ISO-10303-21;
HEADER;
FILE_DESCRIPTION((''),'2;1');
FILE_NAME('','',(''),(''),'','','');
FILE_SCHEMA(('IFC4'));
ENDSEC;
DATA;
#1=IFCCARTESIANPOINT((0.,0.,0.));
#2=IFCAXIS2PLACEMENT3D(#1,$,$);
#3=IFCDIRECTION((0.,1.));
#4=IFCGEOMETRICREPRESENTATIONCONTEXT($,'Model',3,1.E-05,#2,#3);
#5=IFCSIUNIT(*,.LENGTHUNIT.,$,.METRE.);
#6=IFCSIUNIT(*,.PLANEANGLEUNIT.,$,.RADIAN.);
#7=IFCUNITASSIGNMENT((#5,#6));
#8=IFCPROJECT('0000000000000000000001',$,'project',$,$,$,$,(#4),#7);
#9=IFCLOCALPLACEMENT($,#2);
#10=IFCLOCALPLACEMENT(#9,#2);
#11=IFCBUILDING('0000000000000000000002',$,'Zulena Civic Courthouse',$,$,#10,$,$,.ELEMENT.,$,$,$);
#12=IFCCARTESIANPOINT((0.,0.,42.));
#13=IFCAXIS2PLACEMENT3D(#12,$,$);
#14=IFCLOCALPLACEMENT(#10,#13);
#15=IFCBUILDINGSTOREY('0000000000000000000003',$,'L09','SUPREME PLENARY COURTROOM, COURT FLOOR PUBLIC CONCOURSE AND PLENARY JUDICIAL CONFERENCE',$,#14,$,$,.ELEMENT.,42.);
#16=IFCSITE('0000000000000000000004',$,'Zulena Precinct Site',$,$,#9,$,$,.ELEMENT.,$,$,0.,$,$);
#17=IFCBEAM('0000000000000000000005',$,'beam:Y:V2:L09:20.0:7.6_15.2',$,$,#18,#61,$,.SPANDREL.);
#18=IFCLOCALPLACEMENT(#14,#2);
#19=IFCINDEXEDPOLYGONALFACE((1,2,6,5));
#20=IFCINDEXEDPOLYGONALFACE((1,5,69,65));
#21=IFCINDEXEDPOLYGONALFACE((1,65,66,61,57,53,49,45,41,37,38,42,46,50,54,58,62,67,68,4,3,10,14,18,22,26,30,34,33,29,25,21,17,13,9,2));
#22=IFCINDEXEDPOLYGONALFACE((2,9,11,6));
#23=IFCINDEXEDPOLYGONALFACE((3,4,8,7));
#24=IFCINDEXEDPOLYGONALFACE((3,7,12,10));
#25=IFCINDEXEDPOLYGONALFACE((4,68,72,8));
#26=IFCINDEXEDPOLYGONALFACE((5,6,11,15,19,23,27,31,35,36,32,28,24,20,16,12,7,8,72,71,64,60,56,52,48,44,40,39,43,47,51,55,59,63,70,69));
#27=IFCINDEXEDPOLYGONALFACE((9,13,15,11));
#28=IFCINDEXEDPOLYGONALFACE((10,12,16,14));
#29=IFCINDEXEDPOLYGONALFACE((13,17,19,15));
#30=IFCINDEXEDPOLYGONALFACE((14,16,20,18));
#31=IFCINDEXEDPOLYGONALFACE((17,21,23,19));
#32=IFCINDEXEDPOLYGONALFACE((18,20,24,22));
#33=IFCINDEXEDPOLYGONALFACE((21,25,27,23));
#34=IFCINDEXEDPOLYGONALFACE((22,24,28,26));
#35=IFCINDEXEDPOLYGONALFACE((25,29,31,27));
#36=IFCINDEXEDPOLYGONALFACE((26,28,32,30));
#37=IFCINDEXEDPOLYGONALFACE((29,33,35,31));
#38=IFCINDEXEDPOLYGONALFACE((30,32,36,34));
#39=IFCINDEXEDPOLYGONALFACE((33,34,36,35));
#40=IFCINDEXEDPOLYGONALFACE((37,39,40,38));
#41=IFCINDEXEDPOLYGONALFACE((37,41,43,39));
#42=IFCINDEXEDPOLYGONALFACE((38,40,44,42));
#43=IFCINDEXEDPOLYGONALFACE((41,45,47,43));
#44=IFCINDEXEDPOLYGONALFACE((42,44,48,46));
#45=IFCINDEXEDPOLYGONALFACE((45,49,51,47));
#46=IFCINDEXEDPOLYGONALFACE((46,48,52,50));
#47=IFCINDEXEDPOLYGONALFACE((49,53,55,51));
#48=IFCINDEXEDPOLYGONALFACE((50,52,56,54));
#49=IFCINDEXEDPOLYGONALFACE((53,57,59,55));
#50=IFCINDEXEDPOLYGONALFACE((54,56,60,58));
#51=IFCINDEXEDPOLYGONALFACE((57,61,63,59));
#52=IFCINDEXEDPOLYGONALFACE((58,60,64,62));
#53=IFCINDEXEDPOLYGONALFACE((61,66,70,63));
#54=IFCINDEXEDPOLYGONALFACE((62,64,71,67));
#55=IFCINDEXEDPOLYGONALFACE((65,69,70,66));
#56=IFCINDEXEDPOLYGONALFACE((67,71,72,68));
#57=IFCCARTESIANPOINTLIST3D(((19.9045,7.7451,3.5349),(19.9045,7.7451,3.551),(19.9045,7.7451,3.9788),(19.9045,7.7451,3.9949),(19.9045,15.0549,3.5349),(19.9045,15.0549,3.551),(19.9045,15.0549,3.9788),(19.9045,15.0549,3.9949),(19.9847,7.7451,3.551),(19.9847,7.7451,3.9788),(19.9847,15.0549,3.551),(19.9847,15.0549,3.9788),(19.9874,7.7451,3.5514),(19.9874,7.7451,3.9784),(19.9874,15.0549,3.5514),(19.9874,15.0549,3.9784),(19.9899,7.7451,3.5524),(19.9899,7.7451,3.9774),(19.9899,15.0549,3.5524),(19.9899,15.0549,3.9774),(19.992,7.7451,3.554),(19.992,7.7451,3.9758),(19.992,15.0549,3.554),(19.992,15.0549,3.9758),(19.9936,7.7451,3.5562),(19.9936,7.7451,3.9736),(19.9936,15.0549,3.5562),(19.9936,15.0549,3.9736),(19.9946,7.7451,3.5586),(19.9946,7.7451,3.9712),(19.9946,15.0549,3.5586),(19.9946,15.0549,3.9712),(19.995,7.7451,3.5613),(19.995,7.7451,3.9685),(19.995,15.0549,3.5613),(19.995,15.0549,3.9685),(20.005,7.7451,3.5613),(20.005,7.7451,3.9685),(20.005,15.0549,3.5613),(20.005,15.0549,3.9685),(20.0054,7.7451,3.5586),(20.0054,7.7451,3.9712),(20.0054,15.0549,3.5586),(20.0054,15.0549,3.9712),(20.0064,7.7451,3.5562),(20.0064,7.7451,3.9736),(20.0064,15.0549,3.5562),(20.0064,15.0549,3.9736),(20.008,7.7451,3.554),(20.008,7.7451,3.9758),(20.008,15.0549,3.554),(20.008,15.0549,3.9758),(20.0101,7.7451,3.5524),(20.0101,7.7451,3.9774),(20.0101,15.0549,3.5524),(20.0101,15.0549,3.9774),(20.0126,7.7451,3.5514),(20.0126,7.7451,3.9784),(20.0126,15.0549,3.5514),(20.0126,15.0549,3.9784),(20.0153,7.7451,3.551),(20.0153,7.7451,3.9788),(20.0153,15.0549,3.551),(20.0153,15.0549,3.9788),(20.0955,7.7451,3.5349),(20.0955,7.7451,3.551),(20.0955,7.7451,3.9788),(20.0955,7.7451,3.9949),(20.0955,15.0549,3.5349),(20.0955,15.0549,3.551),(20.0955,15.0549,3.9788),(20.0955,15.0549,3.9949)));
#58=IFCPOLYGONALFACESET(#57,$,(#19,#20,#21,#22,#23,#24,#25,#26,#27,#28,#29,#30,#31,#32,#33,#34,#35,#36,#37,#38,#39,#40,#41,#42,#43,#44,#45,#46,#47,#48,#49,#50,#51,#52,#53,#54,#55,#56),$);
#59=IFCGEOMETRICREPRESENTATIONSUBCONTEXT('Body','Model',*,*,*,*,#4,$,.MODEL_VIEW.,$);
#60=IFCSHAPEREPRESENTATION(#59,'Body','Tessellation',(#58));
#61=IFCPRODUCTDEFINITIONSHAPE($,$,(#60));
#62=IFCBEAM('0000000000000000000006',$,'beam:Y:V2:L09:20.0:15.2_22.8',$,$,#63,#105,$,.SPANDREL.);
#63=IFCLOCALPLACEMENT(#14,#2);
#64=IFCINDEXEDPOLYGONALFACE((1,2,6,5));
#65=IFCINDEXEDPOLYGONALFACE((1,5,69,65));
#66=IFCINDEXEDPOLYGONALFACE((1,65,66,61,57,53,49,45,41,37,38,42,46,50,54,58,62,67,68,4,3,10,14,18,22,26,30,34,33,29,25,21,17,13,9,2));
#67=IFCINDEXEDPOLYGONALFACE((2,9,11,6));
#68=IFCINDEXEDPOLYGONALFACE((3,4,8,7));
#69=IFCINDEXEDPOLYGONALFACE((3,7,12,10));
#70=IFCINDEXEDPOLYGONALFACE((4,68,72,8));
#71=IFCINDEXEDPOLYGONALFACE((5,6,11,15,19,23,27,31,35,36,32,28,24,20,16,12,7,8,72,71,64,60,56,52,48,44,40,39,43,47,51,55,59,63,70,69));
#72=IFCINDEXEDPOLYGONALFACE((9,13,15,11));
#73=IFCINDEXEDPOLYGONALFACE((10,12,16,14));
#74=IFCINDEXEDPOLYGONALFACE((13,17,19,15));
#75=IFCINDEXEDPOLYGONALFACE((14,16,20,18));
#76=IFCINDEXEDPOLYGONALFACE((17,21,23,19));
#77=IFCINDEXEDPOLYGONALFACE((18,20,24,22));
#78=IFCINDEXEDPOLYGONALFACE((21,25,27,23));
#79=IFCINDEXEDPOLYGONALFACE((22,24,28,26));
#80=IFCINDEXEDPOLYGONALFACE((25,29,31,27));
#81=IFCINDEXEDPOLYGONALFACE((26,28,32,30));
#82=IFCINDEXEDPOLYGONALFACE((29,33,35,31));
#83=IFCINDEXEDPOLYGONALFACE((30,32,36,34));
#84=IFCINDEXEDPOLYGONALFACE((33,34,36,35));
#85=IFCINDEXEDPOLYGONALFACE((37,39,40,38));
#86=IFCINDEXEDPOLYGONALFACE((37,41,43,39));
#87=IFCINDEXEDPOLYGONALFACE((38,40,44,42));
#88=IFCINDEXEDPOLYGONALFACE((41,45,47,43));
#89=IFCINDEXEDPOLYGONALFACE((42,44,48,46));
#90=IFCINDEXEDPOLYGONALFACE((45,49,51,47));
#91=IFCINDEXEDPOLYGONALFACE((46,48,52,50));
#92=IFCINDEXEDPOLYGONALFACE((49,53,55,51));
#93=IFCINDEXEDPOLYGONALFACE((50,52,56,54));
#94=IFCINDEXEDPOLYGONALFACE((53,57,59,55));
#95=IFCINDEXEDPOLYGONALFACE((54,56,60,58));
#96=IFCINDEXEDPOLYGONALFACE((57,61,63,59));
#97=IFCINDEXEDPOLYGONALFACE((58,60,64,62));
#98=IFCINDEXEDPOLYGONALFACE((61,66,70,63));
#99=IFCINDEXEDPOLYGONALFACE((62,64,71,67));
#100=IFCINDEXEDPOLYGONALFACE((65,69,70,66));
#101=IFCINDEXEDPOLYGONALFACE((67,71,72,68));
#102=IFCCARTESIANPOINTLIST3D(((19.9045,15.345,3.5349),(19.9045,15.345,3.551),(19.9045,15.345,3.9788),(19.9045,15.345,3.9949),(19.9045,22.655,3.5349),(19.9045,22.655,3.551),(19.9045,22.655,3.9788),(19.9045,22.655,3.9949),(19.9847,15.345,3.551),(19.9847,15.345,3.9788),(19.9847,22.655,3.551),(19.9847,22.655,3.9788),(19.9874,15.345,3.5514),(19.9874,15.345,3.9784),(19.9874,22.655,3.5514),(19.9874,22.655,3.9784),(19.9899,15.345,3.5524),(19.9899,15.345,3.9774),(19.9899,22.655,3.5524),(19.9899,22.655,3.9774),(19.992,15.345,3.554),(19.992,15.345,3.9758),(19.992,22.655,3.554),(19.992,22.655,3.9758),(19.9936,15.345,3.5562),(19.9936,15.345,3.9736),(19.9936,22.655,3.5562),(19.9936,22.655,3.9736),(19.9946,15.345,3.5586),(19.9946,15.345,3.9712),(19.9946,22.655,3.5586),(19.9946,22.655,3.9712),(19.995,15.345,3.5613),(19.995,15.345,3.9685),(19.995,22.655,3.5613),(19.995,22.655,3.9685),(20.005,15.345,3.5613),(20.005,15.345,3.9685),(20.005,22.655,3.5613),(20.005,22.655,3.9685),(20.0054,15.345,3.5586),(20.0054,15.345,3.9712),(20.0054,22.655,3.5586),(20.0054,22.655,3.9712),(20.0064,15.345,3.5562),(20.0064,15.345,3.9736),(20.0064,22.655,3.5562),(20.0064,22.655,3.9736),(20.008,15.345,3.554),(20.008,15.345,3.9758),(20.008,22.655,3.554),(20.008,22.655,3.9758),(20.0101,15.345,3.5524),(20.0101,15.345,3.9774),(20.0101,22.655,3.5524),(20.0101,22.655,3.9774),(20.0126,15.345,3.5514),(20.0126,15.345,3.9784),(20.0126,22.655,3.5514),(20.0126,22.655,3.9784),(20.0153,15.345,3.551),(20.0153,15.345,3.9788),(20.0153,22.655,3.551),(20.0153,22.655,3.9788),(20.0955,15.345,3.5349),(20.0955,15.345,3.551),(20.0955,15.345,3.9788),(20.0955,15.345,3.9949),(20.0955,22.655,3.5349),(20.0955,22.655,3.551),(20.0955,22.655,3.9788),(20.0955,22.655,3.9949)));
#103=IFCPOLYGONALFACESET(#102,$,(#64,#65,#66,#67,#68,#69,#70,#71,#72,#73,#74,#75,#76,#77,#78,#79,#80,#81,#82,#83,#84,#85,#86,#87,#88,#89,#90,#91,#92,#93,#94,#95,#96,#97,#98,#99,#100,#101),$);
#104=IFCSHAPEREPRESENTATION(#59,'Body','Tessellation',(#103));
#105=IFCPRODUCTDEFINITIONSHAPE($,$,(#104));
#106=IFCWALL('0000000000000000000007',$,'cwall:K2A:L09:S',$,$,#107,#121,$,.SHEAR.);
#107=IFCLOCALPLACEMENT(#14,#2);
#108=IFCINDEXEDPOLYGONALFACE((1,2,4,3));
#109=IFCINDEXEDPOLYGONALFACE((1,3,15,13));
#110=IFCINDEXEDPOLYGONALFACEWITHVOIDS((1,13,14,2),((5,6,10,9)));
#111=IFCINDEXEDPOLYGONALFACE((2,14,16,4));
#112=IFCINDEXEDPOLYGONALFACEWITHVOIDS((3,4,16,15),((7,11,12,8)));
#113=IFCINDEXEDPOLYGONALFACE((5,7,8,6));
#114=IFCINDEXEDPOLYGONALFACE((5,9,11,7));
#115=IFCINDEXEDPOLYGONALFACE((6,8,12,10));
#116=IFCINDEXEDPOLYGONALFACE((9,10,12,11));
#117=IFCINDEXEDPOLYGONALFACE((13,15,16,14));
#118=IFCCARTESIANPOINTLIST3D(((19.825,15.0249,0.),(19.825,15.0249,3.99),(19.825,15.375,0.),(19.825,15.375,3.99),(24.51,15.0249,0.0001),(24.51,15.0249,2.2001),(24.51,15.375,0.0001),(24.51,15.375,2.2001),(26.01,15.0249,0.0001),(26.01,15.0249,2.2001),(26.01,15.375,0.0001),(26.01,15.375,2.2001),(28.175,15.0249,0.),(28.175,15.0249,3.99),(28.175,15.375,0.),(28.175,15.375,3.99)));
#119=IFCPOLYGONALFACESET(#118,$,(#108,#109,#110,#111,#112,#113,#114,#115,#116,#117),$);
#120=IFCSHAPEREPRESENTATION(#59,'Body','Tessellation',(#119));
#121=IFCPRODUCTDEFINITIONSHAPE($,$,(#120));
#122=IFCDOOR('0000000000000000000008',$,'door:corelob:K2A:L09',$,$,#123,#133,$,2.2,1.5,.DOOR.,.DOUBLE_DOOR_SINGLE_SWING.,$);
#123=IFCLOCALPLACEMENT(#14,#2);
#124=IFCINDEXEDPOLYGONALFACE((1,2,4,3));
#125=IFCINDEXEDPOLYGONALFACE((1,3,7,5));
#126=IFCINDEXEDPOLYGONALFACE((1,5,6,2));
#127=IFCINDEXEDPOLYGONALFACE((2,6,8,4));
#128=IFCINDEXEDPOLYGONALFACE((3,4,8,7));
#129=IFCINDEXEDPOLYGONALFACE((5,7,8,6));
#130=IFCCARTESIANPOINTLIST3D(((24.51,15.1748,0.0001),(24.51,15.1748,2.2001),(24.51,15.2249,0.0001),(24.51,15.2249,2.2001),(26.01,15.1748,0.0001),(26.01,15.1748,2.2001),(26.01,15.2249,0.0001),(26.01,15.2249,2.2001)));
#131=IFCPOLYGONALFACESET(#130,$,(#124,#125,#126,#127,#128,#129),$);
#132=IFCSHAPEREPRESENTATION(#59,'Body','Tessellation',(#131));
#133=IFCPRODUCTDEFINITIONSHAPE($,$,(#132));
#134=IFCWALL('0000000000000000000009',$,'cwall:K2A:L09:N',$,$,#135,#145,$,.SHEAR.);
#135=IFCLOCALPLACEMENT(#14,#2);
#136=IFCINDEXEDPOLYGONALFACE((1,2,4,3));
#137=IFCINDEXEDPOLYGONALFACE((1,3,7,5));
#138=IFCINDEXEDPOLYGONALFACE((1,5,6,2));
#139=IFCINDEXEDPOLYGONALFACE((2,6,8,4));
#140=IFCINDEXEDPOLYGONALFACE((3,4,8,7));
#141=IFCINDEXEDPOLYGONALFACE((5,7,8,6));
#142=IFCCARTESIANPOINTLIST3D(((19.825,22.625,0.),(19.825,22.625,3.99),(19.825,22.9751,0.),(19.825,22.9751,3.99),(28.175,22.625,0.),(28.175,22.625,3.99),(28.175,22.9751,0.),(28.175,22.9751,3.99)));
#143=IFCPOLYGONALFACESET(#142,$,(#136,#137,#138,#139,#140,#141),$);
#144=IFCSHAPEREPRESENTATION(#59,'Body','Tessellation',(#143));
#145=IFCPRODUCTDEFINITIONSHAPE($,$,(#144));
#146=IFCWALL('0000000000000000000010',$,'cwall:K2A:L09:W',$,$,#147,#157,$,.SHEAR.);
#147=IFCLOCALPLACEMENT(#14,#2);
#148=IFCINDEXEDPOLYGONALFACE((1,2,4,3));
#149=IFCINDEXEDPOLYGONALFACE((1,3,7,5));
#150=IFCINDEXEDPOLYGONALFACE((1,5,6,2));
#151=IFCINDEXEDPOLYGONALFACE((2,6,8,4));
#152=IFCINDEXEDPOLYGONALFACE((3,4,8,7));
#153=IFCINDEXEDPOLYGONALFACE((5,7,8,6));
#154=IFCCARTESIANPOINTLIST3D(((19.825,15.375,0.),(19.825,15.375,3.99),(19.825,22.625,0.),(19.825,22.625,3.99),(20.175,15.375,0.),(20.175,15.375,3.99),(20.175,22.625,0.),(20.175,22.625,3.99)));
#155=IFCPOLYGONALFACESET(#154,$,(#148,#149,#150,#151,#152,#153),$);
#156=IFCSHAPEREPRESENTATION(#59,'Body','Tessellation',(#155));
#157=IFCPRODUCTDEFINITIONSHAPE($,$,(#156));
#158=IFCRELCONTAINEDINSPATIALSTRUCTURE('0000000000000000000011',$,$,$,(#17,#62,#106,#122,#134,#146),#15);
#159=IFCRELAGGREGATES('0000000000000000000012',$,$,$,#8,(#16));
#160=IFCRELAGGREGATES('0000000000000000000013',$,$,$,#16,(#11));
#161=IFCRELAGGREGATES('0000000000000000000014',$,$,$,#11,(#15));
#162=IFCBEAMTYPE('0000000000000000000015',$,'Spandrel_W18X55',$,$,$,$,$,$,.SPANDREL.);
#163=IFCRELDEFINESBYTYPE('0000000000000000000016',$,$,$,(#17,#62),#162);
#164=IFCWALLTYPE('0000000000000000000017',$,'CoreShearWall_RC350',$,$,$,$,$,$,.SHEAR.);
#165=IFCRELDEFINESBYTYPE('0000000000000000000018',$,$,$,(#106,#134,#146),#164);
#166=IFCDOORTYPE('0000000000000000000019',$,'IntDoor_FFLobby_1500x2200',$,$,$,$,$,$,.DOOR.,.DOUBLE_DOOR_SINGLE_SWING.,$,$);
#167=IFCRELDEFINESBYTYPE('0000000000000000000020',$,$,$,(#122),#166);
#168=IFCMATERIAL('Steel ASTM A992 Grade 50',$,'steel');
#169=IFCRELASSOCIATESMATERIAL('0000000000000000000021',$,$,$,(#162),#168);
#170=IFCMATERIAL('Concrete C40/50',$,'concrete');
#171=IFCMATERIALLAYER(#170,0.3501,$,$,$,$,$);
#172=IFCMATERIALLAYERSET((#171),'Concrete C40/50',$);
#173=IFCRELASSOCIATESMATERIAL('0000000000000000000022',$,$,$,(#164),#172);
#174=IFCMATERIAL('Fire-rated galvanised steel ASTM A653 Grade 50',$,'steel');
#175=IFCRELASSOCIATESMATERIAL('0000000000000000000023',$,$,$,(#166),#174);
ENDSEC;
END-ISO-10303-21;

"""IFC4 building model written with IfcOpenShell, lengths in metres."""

from ifc_helpers import new_model, si_unit, direction, frame, frame_2d, origin, origin_2d, place, context, subcontext, project, spatial, rectangle, i_section, extrude, material, layer, layer_set, material_profile, profile_set, type_object, element, fill, save


model = new_model("IFC4")

# Units and contexts
model_context = context("Model", 3, precision=1e-05, world=origin(), true_north=direction((0.0, 1.0)))
body_context = subcontext(model_context, "Body", "Model", "MODEL_VIEW")
ifc_project = project(units=[si_unit("LENGTHUNIT", "METRE"), si_unit("PLANEANGLEUNIT", "RADIAN")], contexts=[model_context])

# Site, building, storey
site_placement = place(None, origin())
site = spatial("IfcSite", under=ifc_project, at=site_placement, Name="Zulena Precinct Site", CompositionType="ELEMENT", RefElevation=0.0)
building_placement = place(site_placement, origin())
building = spatial("IfcBuilding", under=site, at=building_placement, Name="Zulena Civic Courthouse", CompositionType="ELEMENT")
storey_placement = place(building_placement, frame((0.0, 0.0, 42.0)))
storey = spatial("IfcBuildingStorey", under=building, at=storey_placement, Name="L09", Description="SUPREME PLENARY COURTROOM, COURT FLOOR PUBLIC CONCOURSE AND PLENARY JUDICIAL CONFERENCE", CompositionType="ELEMENT", Elevation=42.0)

# Shared definitions
ifc_material_1 = material(Name="Steel ASTM A992 Grade 50", Category="steel")

# Beams
ifc_material_profile_1 = material_profile(ifc_material_1, i_section(OverallWidth=0.1909, OverallDepth=0.46, WebThickness=0.01, FlangeThickness=0.0161, FilletRadius=0.0103, at=origin_2d()), Name="W18X55")
ifc_profile_set_1 = profile_set([ifc_material_profile_1], Name="Steel ASTM A992 Grade 50")
beam_type = type_object("IfcBeamType", Name="Spandrel_W18X55", PredefinedType="SPANDREL", material=ifc_profile_set_1)
beam_1_placement = place(storey_placement, frame((20.0, 7.7451, 3.7649), z_axis=(0.0, 1.0, 0.0), x_axis=(-1.0, 0.0, 0.0)))
element("IfcBeam", 1, at=beam_1_placement, inside=storey, type_object=beam_type, Name="beam:Y:V2:L09:20.0:7.6_15.2", PredefinedType="SPANDREL", context=body_context, shape_type="SweptSolid", body=[
    extrude(i_section(OverallWidth=0.1909, OverallDepth=0.46, WebThickness=0.01, FlangeThickness=0.0161, FilletRadius=0.0103, at=origin_2d()), origin(), (0.0, 0.0, 1.0), 7.3098),
])
beam_2_placement = place(storey_placement, frame((20.0, 15.345, 3.7649), z_axis=(0.0, 1.0, 0.0), x_axis=(-1.0, 0.0, 0.0)))
element("IfcBeam", 2, at=beam_2_placement, inside=storey, type_object=beam_type, Name="beam:Y:V2:L09:20.0:15.2_22.8", PredefinedType="SPANDREL", context=body_context, shape_type="SweptSolid", body=[
    extrude(i_section(OverallWidth=0.1909, OverallDepth=0.46, WebThickness=0.01, FlangeThickness=0.0161, FilletRadius=0.0103, at=origin_2d()), origin(), (0.0, 0.0, 1.0), 7.3101),
])

# Wall, opening, door
ifc_material_2 = material(Name="Concrete C40/50", Category="concrete")
ifc_layer_1 = layer(ifc_material_2, 0.3501)
ifc_layer_set_1 = layer_set([ifc_layer_1], Name="Concrete C40/50")
wall_type_1 = type_object("IfcWallType", Name="CoreShearWall_RC350", PredefinedType="SHEAR", material=ifc_layer_set_1)
wall_1_placement = place(storey_placement, frame((19.825, 15.2, 0.0), z_axis=(0.0, 0.0, 1.0), x_axis=(1.0, 0.0, 0.0)))
wall_1 = element("IfcWall", 3, at=wall_1_placement, inside=storey, type_object=wall_type_1, Name="cwall:K2A:L09:S", PredefinedType="SHEAR", context=body_context, shape_type="SweptSolid", body=[
    extrude(rectangle(XDim=8.3501, YDim=0.3501, at=frame_2d((4.175, 0.0))), origin(), (0.0, 0.0, 1.0), 3.99),
])
opening_1_placement = place(wall_1_placement, frame((4.6851, 0.0, 0.0)))
opening_1 = element("IfcOpeningElement", 4, at=opening_1_placement, cuts=wall_1, PredefinedType="OPENING", context=body_context, shape_type="SweptSolid", body=[
    extrude(rectangle(XDim=1.5, YDim=2.2, at=frame_2d((0.75, 1.1001))), frame((0.0, 0.1851, 0.0), z_axis=(0.0, -1.0, 0.0), x_axis=(1.0, 0.0, 0.0)), (0.0, 0.0, 1.0), 0.3701),
])
ifc_material_3 = material(Name="Fire-rated galvanised steel ASTM A653 Grade 50", Category="steel")
door_type_1 = type_object("IfcDoorType", Name="IntDoor_FFLobby_1500x2200", OperationType="DOUBLE_DOOR_SINGLE_SWING", PredefinedType="DOOR", material=ifc_material_3)
door_1_placement = place(opening_1_placement, origin())
door_1 = element("IfcDoor", 5, at=door_1_placement, inside=storey, type_object=door_type_1, Name="door:corelob:K2A:L09", OperationType="DOUBLE_DOOR_SINGLE_SWING", OverallHeight=2.2, OverallWidth=1.5, PredefinedType="DOOR", context=body_context, shape_type="SweptSolid", body=[
    extrude(rectangle(XDim=1.5, YDim=2.2, at=frame_2d((0.75, 1.1001))), frame((0.0, 0.0249, 0.0), z_axis=(0.0, -1.0, 0.0), x_axis=(1.0, 0.0, 0.0)), (0.0, 0.0, 1.0), 0.05),
])
fill(opening_1, door_1)

# Walls
wall_2_placement = place(storey_placement, frame((19.825, 22.8, 0.0), z_axis=(0.0, 0.0, 1.0), x_axis=(1.0, 0.0, 0.0)))
element("IfcWall", 6, at=wall_2_placement, inside=storey, type_object=wall_type_1, Name="cwall:K2A:L09:N", PredefinedType="SHEAR", context=body_context, shape_type="SweptSolid", body=[
    extrude(rectangle(XDim=8.3501, YDim=0.3501, at=frame_2d((4.175, 0.0))), origin(), (0.0, 0.0, 1.0), 3.99),
])
wall_3_placement = place(storey_placement, frame((20.0, 15.375, 0.0), z_axis=(0.0, 0.0, 1.0), x_axis=(0.0, 1.0, 0.0)))
element("IfcWall", 7, at=wall_3_placement, inside=storey, type_object=wall_type_1, Name="cwall:K2A:L09:W", PredefinedType="SHEAR", context=body_context, shape_type="SweptSolid", body=[
    extrude(rectangle(XDim=7.25, YDim=0.3501, at=frame_2d((3.625, 0.0))), origin(), (0.0, 0.0, 1.0), 3.99),
])

save(model, "model.ifc")
